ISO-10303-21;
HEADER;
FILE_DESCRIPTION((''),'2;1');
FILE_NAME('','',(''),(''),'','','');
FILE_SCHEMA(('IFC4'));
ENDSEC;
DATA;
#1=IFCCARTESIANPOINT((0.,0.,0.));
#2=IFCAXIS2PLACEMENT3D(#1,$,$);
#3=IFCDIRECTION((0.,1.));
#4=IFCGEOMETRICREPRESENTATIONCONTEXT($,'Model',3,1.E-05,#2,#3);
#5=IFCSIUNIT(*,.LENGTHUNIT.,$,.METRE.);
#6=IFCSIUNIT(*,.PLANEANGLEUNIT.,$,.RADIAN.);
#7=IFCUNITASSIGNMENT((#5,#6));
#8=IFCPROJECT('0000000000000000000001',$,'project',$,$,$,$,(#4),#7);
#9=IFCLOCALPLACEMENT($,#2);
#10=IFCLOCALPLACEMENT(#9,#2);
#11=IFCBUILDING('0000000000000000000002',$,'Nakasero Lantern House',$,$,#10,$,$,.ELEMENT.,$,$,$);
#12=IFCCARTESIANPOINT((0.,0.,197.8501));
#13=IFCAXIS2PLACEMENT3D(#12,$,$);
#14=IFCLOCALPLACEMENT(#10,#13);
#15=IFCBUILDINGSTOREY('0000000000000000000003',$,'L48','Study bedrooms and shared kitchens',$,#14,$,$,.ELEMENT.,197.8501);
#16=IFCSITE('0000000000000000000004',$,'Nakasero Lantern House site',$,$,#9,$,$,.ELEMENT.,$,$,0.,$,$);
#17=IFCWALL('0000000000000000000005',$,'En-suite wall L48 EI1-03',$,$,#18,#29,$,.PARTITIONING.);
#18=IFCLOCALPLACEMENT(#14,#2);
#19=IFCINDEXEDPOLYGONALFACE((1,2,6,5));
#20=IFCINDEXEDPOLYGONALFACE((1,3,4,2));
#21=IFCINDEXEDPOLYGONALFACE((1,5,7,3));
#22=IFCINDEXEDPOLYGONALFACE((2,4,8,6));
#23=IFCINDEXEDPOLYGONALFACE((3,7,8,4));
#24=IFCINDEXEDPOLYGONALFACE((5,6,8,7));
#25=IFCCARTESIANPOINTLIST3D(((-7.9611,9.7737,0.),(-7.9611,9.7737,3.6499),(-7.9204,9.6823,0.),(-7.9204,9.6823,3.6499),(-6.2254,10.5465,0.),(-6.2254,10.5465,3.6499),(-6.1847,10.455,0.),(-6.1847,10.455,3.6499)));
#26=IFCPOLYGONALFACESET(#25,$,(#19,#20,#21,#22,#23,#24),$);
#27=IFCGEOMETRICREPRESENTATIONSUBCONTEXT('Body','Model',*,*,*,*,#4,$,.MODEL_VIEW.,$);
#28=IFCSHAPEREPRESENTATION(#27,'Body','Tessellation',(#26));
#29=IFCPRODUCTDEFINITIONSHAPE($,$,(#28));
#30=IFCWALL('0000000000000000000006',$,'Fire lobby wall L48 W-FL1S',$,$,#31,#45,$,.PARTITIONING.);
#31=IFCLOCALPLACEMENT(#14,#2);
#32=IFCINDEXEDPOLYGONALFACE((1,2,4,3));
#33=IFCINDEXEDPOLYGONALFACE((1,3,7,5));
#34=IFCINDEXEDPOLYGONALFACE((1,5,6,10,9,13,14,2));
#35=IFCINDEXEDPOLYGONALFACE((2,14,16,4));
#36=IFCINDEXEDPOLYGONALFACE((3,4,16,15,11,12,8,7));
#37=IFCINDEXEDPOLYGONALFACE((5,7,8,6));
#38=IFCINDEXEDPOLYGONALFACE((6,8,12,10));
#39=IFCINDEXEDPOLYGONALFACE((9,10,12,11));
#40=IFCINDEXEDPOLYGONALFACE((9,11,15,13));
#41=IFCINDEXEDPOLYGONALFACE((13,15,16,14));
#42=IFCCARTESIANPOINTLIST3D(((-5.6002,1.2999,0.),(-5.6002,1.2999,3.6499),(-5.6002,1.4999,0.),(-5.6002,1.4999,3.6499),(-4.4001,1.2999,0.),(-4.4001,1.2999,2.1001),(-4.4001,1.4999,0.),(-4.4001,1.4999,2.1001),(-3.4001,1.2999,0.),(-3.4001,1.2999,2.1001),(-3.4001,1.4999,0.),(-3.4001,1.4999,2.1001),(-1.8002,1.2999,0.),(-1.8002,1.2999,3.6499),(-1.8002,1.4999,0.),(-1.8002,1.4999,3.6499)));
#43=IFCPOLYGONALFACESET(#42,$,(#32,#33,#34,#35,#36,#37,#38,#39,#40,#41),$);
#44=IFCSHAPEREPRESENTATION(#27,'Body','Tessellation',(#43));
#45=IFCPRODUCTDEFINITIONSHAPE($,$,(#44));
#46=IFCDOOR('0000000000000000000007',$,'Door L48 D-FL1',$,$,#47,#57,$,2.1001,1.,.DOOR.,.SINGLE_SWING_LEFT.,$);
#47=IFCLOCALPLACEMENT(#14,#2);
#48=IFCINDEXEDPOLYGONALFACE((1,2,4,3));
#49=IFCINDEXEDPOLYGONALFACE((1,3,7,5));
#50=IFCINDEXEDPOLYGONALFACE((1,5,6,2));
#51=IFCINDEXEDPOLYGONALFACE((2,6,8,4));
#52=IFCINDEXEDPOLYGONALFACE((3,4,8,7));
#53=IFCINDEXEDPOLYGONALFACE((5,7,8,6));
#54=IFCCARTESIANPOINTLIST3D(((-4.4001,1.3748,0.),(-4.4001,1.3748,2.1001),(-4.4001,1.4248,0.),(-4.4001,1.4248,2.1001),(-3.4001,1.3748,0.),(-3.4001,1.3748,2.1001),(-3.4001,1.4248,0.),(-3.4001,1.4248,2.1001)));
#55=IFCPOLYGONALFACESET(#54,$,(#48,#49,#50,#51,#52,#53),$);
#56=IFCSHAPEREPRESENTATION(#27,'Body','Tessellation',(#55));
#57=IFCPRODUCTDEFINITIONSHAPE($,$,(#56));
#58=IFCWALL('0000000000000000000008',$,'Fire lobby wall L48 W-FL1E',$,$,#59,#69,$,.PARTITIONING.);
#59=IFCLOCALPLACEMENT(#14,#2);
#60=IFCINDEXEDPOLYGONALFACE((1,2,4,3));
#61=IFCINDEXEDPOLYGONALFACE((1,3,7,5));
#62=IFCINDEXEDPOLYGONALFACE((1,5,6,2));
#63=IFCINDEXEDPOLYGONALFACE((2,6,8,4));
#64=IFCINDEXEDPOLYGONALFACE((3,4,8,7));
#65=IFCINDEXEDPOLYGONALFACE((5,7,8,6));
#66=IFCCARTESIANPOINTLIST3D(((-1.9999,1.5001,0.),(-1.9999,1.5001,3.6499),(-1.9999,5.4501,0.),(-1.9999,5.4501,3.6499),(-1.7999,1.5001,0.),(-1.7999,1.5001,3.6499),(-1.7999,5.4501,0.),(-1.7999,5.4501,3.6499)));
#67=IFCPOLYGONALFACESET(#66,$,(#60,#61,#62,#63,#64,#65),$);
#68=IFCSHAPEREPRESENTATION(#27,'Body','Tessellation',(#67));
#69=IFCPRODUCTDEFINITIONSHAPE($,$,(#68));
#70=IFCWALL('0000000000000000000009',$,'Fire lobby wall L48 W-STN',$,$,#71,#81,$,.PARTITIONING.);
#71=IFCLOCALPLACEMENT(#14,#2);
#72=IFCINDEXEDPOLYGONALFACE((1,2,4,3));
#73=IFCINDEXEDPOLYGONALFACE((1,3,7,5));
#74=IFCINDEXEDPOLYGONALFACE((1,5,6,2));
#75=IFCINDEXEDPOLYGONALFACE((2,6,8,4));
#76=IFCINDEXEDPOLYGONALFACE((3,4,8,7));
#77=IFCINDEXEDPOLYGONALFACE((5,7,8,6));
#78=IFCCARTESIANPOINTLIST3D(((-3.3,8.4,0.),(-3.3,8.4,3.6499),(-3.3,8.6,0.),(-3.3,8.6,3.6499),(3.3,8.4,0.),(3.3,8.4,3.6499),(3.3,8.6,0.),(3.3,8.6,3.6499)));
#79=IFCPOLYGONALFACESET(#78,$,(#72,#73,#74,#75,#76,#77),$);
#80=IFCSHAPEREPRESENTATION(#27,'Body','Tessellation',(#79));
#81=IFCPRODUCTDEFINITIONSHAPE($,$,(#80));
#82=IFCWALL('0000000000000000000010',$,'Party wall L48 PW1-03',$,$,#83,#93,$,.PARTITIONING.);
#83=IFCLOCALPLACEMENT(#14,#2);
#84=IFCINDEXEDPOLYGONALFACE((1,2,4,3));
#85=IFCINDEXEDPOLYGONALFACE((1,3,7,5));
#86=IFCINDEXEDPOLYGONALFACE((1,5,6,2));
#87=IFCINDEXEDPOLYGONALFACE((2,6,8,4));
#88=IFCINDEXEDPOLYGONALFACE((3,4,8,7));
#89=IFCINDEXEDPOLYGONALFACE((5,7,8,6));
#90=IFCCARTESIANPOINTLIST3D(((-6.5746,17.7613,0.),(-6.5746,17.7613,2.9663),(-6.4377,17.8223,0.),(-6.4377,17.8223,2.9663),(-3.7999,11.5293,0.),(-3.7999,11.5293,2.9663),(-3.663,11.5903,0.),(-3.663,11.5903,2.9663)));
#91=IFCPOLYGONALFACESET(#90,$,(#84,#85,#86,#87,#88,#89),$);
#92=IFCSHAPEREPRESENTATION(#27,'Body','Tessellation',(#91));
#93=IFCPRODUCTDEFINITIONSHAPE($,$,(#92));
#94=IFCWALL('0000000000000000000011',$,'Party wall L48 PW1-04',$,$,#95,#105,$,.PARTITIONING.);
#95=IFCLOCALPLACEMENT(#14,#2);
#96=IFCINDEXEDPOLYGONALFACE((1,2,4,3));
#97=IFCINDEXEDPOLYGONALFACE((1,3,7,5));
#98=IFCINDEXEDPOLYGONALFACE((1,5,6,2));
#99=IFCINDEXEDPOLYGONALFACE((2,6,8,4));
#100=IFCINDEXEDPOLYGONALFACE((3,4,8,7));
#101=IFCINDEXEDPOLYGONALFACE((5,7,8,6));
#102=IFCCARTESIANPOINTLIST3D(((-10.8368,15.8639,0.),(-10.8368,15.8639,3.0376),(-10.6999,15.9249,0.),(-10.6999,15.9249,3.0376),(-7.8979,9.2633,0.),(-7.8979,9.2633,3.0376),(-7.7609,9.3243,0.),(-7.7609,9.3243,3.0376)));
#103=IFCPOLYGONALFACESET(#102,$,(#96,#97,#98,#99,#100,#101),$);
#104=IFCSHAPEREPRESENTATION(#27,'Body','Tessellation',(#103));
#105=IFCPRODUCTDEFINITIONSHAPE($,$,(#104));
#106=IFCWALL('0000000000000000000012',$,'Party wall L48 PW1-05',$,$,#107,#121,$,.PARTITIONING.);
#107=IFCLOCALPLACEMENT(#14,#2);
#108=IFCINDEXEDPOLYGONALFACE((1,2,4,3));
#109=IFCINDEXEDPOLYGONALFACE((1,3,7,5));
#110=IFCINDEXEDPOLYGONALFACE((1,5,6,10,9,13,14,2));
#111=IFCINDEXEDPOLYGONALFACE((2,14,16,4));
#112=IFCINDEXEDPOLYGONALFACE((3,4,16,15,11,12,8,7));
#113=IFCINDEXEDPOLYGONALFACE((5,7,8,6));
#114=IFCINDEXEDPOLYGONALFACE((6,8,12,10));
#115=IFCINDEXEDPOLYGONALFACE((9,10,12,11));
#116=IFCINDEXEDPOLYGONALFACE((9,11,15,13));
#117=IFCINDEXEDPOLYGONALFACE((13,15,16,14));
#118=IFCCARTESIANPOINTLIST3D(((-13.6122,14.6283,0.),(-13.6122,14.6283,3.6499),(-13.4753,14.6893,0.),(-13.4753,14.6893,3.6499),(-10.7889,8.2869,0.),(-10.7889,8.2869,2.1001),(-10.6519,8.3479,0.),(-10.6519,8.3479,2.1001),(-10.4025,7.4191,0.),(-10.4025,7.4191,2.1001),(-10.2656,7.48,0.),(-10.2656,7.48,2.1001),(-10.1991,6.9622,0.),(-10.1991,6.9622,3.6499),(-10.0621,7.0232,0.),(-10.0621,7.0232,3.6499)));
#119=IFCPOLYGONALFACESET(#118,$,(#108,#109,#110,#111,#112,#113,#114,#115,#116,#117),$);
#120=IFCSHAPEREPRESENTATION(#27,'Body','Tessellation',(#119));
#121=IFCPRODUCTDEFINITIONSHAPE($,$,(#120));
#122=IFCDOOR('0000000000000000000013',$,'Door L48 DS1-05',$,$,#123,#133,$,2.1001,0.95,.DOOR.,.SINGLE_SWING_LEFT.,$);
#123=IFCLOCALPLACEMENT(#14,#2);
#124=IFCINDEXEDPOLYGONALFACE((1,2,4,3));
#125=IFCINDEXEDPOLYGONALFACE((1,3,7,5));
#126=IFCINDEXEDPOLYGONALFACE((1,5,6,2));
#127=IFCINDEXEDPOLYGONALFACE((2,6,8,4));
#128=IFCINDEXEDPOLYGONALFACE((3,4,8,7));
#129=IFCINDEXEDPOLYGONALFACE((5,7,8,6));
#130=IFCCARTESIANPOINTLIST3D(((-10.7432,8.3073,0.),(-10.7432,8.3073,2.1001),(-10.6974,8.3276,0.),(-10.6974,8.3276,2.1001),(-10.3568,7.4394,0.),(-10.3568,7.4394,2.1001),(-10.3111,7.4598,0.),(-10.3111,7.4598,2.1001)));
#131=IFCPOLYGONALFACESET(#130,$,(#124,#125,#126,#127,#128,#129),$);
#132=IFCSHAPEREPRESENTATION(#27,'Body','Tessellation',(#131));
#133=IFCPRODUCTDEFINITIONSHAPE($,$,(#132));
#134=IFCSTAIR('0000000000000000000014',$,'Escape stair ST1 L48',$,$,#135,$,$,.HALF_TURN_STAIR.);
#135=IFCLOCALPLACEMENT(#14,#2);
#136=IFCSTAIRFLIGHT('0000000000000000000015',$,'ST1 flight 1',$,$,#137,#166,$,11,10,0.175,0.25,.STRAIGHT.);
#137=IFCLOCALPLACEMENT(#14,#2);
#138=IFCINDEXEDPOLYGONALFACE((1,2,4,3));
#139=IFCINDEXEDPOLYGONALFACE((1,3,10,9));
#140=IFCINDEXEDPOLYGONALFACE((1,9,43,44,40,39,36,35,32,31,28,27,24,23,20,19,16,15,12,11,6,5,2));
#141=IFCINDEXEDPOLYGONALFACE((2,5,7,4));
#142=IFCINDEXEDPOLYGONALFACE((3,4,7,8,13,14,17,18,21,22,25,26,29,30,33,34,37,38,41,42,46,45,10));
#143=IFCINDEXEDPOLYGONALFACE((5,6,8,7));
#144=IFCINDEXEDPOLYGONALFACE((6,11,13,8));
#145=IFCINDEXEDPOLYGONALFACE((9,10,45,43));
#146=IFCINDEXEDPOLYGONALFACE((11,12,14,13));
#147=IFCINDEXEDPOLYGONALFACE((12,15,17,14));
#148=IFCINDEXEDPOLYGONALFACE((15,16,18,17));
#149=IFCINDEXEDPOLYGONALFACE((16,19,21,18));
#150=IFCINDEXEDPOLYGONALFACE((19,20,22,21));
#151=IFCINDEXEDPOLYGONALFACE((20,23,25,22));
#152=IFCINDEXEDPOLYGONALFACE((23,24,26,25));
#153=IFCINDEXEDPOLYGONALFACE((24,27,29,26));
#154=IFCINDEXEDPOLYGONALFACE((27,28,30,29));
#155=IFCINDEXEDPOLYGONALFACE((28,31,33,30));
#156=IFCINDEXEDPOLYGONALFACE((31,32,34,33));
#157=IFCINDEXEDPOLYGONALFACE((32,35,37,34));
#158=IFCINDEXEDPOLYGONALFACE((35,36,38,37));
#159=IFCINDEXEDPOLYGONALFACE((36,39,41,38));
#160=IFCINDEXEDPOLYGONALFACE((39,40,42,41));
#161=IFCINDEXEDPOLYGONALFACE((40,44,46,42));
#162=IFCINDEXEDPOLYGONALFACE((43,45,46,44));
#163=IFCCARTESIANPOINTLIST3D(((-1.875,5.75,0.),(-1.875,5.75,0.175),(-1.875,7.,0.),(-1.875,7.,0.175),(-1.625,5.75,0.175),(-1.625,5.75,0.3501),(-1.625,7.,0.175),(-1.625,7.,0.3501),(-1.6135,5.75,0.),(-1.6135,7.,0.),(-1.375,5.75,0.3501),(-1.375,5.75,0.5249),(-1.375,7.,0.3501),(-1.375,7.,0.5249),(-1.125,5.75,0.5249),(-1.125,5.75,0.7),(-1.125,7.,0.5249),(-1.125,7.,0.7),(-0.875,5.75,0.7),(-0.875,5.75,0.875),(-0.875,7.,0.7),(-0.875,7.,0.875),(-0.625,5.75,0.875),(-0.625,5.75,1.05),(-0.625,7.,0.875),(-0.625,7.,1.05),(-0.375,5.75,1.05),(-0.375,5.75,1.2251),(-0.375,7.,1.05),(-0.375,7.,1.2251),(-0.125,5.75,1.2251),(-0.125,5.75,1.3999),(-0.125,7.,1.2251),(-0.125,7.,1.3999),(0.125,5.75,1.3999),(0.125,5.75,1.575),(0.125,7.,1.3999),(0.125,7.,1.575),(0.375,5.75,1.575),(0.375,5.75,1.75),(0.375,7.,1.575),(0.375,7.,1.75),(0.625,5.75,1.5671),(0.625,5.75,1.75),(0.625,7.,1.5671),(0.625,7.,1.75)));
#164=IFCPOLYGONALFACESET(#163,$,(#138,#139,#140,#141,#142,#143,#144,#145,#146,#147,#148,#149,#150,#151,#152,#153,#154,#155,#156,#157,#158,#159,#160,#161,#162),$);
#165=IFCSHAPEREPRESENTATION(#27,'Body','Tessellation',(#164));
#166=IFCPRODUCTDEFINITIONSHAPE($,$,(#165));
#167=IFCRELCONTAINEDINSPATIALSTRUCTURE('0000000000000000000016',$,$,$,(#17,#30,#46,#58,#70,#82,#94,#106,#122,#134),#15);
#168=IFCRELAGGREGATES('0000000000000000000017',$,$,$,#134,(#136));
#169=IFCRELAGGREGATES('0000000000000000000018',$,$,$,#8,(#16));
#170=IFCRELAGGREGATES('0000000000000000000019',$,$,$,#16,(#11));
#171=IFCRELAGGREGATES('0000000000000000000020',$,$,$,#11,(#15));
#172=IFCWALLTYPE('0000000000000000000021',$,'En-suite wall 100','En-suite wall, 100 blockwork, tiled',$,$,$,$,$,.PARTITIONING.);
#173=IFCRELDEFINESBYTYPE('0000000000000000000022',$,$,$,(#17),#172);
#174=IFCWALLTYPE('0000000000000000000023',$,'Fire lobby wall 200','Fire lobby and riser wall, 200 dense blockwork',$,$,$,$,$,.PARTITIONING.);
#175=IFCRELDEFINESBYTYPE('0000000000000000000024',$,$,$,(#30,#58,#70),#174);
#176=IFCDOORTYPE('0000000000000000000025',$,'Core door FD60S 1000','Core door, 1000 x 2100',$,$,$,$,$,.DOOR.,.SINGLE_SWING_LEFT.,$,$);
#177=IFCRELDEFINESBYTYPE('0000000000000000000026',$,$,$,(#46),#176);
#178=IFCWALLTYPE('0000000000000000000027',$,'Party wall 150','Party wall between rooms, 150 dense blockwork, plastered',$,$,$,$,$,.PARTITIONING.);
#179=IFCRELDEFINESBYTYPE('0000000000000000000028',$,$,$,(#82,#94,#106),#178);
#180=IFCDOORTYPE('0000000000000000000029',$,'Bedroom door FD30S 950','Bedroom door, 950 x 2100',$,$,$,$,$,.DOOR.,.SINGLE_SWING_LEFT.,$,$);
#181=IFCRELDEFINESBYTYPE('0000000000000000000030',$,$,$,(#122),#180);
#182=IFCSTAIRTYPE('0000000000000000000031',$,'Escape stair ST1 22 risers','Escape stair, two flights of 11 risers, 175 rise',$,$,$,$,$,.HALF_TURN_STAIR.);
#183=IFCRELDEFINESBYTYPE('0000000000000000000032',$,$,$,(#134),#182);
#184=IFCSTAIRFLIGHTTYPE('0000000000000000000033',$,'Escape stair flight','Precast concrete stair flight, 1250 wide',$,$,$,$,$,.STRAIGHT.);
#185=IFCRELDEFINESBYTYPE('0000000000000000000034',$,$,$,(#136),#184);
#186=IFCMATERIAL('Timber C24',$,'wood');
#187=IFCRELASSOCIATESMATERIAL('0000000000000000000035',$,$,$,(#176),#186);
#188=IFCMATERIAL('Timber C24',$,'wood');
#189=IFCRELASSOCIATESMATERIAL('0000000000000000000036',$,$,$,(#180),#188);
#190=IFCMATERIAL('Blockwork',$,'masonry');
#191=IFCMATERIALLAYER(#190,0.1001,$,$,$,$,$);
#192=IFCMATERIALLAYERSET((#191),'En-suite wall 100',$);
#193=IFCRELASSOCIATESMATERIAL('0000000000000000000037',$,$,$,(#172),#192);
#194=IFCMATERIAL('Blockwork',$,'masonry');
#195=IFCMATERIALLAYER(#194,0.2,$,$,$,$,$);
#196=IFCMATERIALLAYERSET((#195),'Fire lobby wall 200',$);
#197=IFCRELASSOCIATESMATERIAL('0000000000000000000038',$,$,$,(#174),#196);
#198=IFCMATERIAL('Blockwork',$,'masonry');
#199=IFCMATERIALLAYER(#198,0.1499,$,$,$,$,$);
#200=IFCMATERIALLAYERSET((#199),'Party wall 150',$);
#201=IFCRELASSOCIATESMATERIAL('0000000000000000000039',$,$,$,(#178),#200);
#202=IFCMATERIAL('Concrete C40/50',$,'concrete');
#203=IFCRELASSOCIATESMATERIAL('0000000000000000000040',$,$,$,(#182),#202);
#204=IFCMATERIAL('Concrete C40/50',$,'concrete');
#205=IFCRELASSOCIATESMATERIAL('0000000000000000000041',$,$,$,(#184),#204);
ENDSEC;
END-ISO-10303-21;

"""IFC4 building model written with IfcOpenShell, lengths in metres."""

from ifc_helpers import new_model, si_unit, direction, frame, frame_2d, origin, place, context, subcontext, project, spatial, polyline, rectangle, outline, extrude, material, layer, layer_set, type_object, element, fill, aggregate, save


model = new_model("IFC4")

# Units and contexts
model_context = context("Model", 3, precision=1e-05, world=origin(), true_north=direction((0.0, 1.0)))
body_context = subcontext(model_context, "Body", "Model", "MODEL_VIEW")
ifc_project = project(units=[si_unit("LENGTHUNIT", "METRE"), si_unit("PLANEANGLEUNIT", "RADIAN")], contexts=[model_context])

# Site, building, storey
site_placement = place(None, origin())
site = spatial("IfcSite", under=ifc_project, at=site_placement, Name="Nakasero Lantern House site", CompositionType="ELEMENT", RefElevation=0.0)
building_placement = place(site_placement, origin())
building = spatial("IfcBuilding", under=site, at=building_placement, Name="Nakasero Lantern House", CompositionType="ELEMENT")
storey_placement = place(building_placement, frame((0.0, 0.0, 197.8501)))
storey = spatial("IfcBuildingStorey", under=building, at=storey_placement, Name="L48", Description="Study bedrooms and shared kitchens", CompositionType="ELEMENT", Elevation=197.8501)

# Shared definitions
ifc_material_1 = material(Name="Timber C24", Category="wood")
door_type_1 = type_object("IfcDoorType", Name="Core door FD60S 1000", Description="Core door, 1000 x 2100", OperationType="SINGLE_SWING_LEFT", PredefinedType="DOOR", material=ifc_material_1)

# Shared definitions
ifc_material_2 = material(Name="Timber C24", Category="wood")
door_type_2 = type_object("IfcDoorType", Name="Bedroom door FD30S 950", Description="Bedroom door, 950 x 2100", OperationType="SINGLE_SWING_LEFT", PredefinedType="DOOR", material=ifc_material_2)
ifc_material_3 = material(Name="Blockwork", Category="masonry")
ifc_layer_1 = layer(ifc_material_3, 0.1001)
ifc_layer_set_1 = layer_set([ifc_layer_1], Name="En-suite wall 100")
wall_type_1 = type_object("IfcWallType", Name="En-suite wall 100", Description="En-suite wall, 100 blockwork, tiled", PredefinedType="PARTITIONING", material=ifc_layer_set_1)

# Wall
wall_1_placement = place(storey_placement, frame((-6.2051, 10.5007, 0.0), z_axis=(0.0, 0.0, 1.0), x_axis=(-0.913552, -0.406723, 0.0)))
element("IfcWall", 1, at=wall_1_placement, inside=storey, type_object=wall_type_1, Name="En-suite wall L48 EI1-03", PredefinedType="PARTITIONING", context=body_context, shape_type="SweptSolid", body=[
    extrude(rectangle(XDim=1.8999, YDim=0.1001, at=frame_2d((0.95, 0.0))), origin(), (0.0, 0.0, 1.0), 3.6499),
])

# Wall, opening, door
ifc_material_4 = material(Name="Blockwork", Category="masonry")
ifc_layer_2 = layer(ifc_material_4, 0.2)
ifc_layer_set_2 = layer_set([ifc_layer_2], Name="Fire lobby wall 200")
wall_type_2 = type_object("IfcWallType", Name="Fire lobby wall 200", Description="Fire lobby and riser wall, 200 dense blockwork", PredefinedType="PARTITIONING", material=ifc_layer_set_2)
wall_2_placement = place(storey_placement, frame((-5.6001, 1.3999, 0.0), z_axis=(0.0, 0.0, 1.0), x_axis=(1.0, 0.0, 0.0)))
wall_2 = element("IfcWall", 2, at=wall_2_placement, inside=storey, type_object=wall_type_2, Name="Fire lobby wall L48 W-FL1S", PredefinedType="PARTITIONING", context=body_context, shape_type="SweptSolid", body=[
    extrude(rectangle(XDim=3.8, YDim=0.2, at=frame_2d((1.8999, 0.0))), origin(), (0.0, 0.0, 1.0), 3.6499),
])
opening_1_placement = place(wall_2_placement, frame((1.2, 0.0, 0.0)))
opening_1 = element("IfcOpeningElement", 3, at=opening_1_placement, cuts=wall_2, PredefinedType="OPENING", context=body_context, shape_type="SweptSolid", body=[
    extrude(rectangle(XDim=1.0, YDim=2.1001, at=frame_2d((0.5, 1.05))), frame((0.0, 0.1199, 0.0), z_axis=(0.0, -1.0, 0.0), x_axis=(1.0, 0.0, 0.0)), (0.0, 0.0, 1.0), 0.24),
])
door_1_placement = place(opening_1_placement, origin())
door_1 = element("IfcDoor", 4, at=door_1_placement, inside=storey, type_object=door_type_1, Name="Door L48 D-FL1", OperationType="SINGLE_SWING_LEFT", OverallHeight=2.1001, OverallWidth=1.0, PredefinedType="DOOR", context=body_context, shape_type="SweptSolid", body=[
    extrude(rectangle(XDim=1.0, YDim=2.1001, at=frame_2d((0.5, 1.05))), frame((0.0, 0.0249, 0.0), z_axis=(0.0, -1.0, 0.0), x_axis=(1.0, 0.0, 0.0)), (0.0, 0.0, 1.0), 0.05),
])
fill(opening_1, door_1)

# Walls
wall_3_placement = place(storey_placement, frame((-1.8999, 1.5, 0.0), z_axis=(0.0, 0.0, 1.0), x_axis=(0.0, 1.0, 0.0)))
element("IfcWall", 5, at=wall_3_placement, inside=storey, type_object=wall_type_2, Name="Fire lobby wall L48 W-FL1E", PredefinedType="PARTITIONING", context=body_context, shape_type="SweptSolid", body=[
    extrude(rectangle(XDim=3.95, YDim=0.2, at=frame_2d((1.9751, 0.0))), origin(), (0.0, 0.0, 1.0), 3.6499),
])
wall_4_placement = place(storey_placement, frame((-3.3, 8.5, 0.0), z_axis=(0.0, 0.0, 1.0), x_axis=(1.0, 0.0, 0.0)))
element("IfcWall", 6, at=wall_4_placement, inside=storey, type_object=wall_type_2, Name="Fire lobby wall L48 W-STN", PredefinedType="PARTITIONING", context=body_context, shape_type="SweptSolid", body=[
    extrude(rectangle(XDim=6.6001, YDim=0.2, at=frame_2d((3.3, 0.0))), origin(), (0.0, 0.0, 1.0), 3.6499),
])
ifc_material_5 = material(Name="Blockwork", Category="masonry")
ifc_layer_3 = layer(ifc_material_5, 0.1499)
ifc_layer_set_3 = layer_set([ifc_layer_3], Name="Party wall 150")
wall_type_3 = type_object("IfcWallType", Name="Party wall 150", Description="Party wall between rooms, 150 dense blockwork, plastered", PredefinedType="PARTITIONING", material=ifc_layer_set_3)
wall_5_placement = place(storey_placement, frame((-3.7314, 11.5598, 0.0), z_axis=(0.0, 0.0, 1.0), x_axis=(-0.406739, 0.913544, 0.0)))
element("IfcWall", 7, at=wall_5_placement, inside=storey, type_object=wall_type_3, Name="Party wall L48 PW1-03", PredefinedType="PARTITIONING", context=body_context, shape_type="SweptSolid", body=[
    extrude(rectangle(XDim=6.8218, YDim=0.1499, at=frame_2d((3.4109, 0.0))), origin(), (0.0, 0.0, 1.0), 2.9663),
])
wall_6_placement = place(storey_placement, frame((-7.8293, 9.2937, 0.0), z_axis=(0.0, 0.0, 1.0), x_axis=(-0.406759, 0.913535, 0.0)))
element("IfcWall", 8, at=wall_6_placement, inside=storey, type_object=wall_type_3, Name="Party wall L48 PW1-04", PredefinedType="PARTITIONING", context=body_context, shape_type="SweptSolid", body=[
    extrude(rectangle(XDim=7.2253, YDim=0.1499, at=frame_2d((3.6128, 0.0))), origin(), (0.0, 0.0, 1.0), 3.0376),
])

# Wall, opening, door
wall_7_placement = place(storey_placement, frame((-10.1306, 6.9927, 0.0), z_axis=(0.0, 0.0, 1.0), x_axis=(-0.406732, 0.913547, 0.0)))
wall_7 = element("IfcWall", 9, at=wall_7_placement, inside=storey, type_object=wall_type_3, Name="Party wall L48 PW1-05", PredefinedType="PARTITIONING", context=body_context, shape_type="SweptSolid", body=[
    extrude(rectangle(XDim=8.3916, YDim=0.1499, at=frame_2d((4.1958, 0.0))), origin(), (0.0, 0.0, 1.0), 3.6499),
])
opening_2_placement = place(wall_7_placement, frame((0.5, 0.0, 0.0)))
opening_2 = element("IfcOpeningElement", 10, at=opening_2_placement, cuts=wall_7, PredefinedType="OPENING", context=body_context, shape_type="SweptSolid", body=[
    extrude(rectangle(XDim=0.95, YDim=2.1001, at=frame_2d((0.4751, 1.05))), frame((0.0, 0.095, 0.0), z_axis=(0.0, -1.0, 0.0), x_axis=(1.0, 0.0, 0.0)), (0.0, 0.0, 1.0), 0.1899),
])
door_2_placement = place(opening_2_placement, origin())
door_2 = element("IfcDoor", 11, at=door_2_placement, inside=storey, type_object=door_type_2, Name="Door L48 DS1-05", OperationType="SINGLE_SWING_LEFT", OverallHeight=2.1001, OverallWidth=0.95, PredefinedType="DOOR", context=body_context, shape_type="SweptSolid", body=[
    extrude(rectangle(XDim=0.95, YDim=2.1001, at=frame_2d((0.4751, 1.05))), frame((0.0, 0.0249, 0.0), z_axis=(0.0, -1.0, 0.0), x_axis=(1.0, 0.0, 0.0)), (0.0, 0.0, 1.0), 0.05),
])
fill(opening_2, door_2)

# Stair, stair flight
ifc_material_6 = material(Name="Concrete C40/50", Category="concrete")
stair_type = type_object("IfcStairType", Name="Escape stair ST1 22 risers", Description="Escape stair, two flights of 11 risers, 175 rise", PredefinedType="HALF_TURN_STAIR", material=ifc_material_6)
stair_placement = place(storey_placement, origin())
stair = element("IfcStair", 12, at=stair_placement, inside=storey, type_object=stair_type, Name="Escape stair ST1 L48", PredefinedType="HALF_TURN_STAIR")
ifc_material_7 = material(Name="Concrete C40/50", Category="concrete")
stair_flight_type = type_object("IfcStairFlightType", Name="Escape stair flight", Description="Precast concrete stair flight, 1250 wide", PredefinedType="STRAIGHT", material=ifc_material_7)
stair_flight_placement = place(storey_placement, frame((-1.875, 6.375, 0.0), z_axis=(0.0, 0.0, 1.0), x_axis=(1.0, 0.0, 0.0)))
stair_flight = element("IfcStairFlight", 13, at=stair_flight_placement, type_object=stair_flight_type, Name="ST1 flight 1", NumberOfRisers=11, NumberOfTreads=10, PredefinedType="STRAIGHT", RiserHeight=0.175, TreadLength=0.25, context=body_context, shape_type="SweptSolid", body=[
    extrude(outline(polyline([(0.0, 0.0), (0.0, 0.175), (0.25, 0.175), (0.25, 0.3501), (0.5, 0.3501), (0.5, 0.5249), (0.75, 0.5249), (0.75, 0.7), (1.0, 0.7), (1.0, 0.875), (1.25, 0.875), (1.25, 1.05), (1.5, 1.05), (1.5, 1.2251), (1.75, 1.2251), (1.75, 1.3999), (2.0, 1.3999), (2.0, 1.575), (2.25, 1.575), (2.25, 1.75), (2.5, 1.75), (2.5, 1.925), (2.5, 1.5671), (0.2615, 0.0), (0.0, 0.0)])), frame((0.0, 0.625, 0.0), z_axis=(0.0, -1.0, 0.0), x_axis=(1.0, 0.0, 0.0)), (0.0, 0.0, 1.0), 1.25),
])
aggregate(stair, [stair_flight])

save(model, "model.ifc")
